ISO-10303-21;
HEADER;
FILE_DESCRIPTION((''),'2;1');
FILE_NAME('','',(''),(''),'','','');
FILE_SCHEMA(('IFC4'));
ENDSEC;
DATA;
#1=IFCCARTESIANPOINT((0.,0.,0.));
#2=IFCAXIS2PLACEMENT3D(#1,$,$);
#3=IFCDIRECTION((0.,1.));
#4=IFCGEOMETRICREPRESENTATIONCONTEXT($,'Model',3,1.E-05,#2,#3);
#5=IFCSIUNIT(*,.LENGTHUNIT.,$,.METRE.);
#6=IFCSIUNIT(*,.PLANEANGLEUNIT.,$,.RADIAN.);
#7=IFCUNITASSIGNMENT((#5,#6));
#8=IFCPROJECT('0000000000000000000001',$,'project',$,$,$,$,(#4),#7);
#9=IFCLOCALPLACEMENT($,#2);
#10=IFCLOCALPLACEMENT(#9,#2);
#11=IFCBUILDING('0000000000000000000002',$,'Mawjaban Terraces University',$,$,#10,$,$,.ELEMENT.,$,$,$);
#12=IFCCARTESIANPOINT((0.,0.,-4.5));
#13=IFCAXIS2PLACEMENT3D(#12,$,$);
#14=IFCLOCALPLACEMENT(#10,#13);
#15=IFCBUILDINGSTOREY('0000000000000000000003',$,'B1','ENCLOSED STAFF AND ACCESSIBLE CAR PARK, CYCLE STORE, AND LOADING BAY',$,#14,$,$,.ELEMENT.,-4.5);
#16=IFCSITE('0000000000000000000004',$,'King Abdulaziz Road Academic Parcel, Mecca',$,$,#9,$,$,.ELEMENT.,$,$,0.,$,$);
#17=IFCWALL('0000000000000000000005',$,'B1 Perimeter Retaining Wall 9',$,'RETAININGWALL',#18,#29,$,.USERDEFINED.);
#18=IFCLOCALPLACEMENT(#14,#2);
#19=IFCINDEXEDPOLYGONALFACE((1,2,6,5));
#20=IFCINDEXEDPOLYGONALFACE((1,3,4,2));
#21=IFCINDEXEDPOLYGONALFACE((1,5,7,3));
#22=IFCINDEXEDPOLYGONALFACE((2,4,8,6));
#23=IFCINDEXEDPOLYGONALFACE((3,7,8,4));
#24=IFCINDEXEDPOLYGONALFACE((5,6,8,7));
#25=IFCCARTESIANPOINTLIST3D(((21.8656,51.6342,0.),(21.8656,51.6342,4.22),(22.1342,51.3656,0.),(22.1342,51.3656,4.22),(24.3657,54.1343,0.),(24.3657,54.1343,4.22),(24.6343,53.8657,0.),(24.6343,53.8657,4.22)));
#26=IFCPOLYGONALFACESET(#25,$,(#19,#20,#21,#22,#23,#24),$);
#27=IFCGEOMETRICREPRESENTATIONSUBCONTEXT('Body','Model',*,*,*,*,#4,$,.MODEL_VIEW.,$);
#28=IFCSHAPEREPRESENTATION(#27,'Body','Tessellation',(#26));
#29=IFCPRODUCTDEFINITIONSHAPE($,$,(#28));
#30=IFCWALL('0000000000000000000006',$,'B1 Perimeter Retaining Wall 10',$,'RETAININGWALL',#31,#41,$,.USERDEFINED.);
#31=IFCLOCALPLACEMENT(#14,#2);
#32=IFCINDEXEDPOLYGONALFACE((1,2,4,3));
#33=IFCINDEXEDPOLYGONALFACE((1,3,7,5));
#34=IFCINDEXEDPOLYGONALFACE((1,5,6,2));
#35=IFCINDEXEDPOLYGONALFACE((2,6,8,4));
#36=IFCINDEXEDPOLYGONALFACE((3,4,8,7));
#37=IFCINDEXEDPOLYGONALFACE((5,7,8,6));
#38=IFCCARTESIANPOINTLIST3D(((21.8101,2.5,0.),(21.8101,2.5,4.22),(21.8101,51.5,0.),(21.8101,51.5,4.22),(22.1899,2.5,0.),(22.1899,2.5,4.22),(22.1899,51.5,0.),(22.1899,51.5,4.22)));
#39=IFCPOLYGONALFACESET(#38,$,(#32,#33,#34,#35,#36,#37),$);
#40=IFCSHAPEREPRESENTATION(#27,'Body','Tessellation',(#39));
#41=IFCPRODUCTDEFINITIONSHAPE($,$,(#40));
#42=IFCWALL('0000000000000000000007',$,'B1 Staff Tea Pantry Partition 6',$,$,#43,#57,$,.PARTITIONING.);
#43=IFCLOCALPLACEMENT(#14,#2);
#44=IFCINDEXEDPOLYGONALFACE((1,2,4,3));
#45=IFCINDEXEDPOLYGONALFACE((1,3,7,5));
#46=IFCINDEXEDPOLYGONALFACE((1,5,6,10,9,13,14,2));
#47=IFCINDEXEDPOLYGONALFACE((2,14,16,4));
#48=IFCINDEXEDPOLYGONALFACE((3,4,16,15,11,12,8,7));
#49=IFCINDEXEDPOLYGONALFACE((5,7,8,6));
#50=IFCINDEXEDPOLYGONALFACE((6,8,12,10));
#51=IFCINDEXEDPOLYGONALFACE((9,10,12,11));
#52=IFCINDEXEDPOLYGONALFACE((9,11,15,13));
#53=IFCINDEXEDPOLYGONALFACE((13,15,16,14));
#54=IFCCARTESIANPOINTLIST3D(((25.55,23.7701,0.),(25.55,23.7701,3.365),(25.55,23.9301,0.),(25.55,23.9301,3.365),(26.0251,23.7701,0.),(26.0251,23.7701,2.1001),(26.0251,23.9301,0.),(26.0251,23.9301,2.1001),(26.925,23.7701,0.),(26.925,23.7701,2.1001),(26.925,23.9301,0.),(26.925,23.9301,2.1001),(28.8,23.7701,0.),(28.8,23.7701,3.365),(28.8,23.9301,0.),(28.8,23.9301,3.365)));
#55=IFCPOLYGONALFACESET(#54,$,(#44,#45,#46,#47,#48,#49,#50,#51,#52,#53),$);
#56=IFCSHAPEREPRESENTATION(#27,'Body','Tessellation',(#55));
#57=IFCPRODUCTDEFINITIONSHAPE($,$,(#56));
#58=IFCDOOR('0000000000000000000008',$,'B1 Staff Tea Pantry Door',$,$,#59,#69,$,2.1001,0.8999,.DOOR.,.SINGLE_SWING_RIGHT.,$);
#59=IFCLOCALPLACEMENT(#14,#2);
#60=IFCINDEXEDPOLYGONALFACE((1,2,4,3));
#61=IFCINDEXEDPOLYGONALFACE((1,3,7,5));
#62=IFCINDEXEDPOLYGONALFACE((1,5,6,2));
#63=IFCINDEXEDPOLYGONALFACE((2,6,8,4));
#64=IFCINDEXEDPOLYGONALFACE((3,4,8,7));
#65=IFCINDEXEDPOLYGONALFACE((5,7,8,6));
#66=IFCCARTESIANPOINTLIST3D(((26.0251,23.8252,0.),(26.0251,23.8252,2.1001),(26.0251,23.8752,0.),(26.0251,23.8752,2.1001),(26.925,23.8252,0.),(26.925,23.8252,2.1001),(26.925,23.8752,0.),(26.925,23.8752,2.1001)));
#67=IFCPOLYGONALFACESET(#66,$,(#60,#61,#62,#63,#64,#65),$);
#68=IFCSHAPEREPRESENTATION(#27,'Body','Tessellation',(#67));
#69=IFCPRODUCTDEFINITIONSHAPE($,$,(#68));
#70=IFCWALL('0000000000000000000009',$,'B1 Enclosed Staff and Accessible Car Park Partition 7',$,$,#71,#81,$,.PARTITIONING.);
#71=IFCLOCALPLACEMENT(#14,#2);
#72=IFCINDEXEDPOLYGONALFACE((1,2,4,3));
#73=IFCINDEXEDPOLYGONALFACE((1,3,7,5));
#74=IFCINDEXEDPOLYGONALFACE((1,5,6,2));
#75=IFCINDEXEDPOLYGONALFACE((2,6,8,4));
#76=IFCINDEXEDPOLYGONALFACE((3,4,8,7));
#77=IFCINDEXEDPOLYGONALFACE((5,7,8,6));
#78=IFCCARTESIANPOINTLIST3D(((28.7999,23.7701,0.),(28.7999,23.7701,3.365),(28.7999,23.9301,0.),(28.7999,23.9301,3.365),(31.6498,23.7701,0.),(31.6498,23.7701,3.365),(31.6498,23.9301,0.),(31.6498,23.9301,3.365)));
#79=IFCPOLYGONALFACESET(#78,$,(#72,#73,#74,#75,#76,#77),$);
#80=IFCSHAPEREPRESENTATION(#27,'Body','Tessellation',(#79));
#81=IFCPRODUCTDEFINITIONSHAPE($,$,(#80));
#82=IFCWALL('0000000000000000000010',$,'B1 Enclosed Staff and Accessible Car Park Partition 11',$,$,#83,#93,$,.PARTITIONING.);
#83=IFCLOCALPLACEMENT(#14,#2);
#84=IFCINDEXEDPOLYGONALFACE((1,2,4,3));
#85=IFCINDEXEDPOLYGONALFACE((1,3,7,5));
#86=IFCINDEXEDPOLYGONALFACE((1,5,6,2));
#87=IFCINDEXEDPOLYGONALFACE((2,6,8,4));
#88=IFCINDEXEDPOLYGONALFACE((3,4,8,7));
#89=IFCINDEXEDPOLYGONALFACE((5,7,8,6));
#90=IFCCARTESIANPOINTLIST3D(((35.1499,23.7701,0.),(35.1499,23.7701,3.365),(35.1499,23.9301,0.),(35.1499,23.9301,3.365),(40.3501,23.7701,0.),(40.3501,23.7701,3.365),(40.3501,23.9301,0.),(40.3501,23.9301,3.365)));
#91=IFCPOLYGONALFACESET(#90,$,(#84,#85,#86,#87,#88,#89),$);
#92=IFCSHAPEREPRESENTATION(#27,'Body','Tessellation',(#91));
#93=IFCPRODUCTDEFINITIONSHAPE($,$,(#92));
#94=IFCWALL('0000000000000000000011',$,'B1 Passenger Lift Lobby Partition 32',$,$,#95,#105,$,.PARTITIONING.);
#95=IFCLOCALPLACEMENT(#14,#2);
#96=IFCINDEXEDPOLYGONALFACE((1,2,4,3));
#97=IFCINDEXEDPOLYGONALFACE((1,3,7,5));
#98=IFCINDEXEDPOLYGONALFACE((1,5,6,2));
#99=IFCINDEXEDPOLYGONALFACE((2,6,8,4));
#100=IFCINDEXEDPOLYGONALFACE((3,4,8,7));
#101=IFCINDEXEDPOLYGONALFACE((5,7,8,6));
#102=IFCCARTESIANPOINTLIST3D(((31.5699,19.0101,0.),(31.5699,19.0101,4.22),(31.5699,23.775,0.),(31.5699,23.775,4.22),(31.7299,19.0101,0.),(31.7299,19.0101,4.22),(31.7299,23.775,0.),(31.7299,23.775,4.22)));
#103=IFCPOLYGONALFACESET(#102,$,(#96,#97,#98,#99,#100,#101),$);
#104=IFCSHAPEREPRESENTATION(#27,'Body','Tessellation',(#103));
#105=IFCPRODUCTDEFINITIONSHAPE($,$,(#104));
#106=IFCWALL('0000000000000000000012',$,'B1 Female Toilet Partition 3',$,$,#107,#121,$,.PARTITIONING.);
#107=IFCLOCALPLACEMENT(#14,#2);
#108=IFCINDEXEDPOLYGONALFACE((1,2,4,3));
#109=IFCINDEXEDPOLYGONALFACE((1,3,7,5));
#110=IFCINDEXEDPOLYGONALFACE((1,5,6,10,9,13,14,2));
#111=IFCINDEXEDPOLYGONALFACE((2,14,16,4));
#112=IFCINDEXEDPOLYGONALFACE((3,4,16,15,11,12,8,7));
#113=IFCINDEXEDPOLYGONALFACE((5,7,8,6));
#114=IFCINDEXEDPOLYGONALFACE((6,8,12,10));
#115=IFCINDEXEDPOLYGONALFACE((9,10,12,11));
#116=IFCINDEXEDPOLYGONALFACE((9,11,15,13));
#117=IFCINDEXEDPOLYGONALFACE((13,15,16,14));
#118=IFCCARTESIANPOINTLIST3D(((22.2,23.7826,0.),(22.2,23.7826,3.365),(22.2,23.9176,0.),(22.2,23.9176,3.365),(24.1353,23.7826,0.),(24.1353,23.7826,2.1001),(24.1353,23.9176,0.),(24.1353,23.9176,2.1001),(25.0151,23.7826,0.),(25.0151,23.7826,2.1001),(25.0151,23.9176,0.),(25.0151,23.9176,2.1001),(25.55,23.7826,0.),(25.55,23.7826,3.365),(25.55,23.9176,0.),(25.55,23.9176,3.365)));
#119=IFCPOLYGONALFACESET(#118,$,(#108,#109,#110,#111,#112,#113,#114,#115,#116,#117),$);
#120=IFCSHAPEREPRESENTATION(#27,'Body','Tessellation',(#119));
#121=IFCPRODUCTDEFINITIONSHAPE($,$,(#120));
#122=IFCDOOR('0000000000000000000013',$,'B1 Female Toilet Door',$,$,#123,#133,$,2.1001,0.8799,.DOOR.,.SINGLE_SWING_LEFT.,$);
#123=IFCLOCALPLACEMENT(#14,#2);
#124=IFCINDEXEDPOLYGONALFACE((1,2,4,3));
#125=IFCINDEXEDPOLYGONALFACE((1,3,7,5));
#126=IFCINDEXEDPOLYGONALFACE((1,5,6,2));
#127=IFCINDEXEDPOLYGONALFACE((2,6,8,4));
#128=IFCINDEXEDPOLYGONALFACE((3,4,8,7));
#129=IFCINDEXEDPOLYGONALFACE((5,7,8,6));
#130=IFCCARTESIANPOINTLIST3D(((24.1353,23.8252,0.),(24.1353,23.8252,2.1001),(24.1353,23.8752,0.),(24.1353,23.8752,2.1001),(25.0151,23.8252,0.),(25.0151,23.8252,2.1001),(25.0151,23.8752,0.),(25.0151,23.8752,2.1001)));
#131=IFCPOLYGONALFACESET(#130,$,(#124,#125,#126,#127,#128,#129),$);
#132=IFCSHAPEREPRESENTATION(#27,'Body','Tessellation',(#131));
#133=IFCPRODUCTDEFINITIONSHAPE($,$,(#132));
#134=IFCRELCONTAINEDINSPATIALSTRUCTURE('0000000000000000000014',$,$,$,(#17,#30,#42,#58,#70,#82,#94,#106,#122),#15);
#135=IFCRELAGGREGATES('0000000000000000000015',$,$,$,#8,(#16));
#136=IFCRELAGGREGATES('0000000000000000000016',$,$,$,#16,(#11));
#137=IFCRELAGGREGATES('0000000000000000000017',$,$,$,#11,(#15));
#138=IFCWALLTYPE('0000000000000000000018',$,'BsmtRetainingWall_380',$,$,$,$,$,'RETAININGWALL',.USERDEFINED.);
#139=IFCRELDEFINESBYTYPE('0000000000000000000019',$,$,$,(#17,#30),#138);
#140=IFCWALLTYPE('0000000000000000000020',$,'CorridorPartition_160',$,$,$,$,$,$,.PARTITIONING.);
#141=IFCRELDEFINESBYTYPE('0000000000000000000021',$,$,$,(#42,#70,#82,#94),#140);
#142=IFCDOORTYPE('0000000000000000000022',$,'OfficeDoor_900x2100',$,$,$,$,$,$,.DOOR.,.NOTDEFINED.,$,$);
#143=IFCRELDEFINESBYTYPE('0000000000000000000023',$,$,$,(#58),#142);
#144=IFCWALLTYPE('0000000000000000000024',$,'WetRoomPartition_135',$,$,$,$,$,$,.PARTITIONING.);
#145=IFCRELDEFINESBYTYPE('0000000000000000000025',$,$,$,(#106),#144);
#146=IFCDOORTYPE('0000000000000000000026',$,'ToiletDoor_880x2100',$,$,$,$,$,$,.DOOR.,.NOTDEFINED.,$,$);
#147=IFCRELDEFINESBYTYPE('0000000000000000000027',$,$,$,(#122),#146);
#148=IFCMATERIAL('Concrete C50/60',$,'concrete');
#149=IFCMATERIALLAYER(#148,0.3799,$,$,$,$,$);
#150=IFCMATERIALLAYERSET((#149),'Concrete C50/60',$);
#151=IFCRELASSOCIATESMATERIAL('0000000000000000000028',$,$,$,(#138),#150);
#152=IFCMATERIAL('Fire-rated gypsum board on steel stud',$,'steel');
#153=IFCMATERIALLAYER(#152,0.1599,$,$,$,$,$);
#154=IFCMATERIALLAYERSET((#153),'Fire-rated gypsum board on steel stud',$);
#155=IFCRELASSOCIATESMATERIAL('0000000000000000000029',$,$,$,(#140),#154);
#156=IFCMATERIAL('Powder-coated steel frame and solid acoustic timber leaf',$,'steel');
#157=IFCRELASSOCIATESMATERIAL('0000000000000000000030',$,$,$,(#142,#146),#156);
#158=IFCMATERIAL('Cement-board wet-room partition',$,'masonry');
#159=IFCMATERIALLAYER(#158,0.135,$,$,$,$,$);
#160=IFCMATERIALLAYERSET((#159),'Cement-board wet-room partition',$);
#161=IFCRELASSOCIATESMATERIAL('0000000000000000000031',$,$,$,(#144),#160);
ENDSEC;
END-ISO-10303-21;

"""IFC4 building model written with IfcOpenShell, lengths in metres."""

from ifc_helpers import new_model, si_unit, direction, frame, frame_2d, origin, place, context, subcontext, project, spatial, rectangle, extrude, material, layer, layer_set, type_object, element, fill, save


model = new_model("IFC4")

# Units and contexts
model_context = context("Model", 3, precision=1e-05, world=origin(), true_north=direction((0.0, 1.0)))
body_context = subcontext(model_context, "Body", "Model", "MODEL_VIEW")
ifc_project = project(units=[si_unit("LENGTHUNIT", "METRE"), si_unit("PLANEANGLEUNIT", "RADIAN")], contexts=[model_context])

# Site, building, storey
site_placement = place(None, origin())
site = spatial("IfcSite", under=ifc_project, at=site_placement, Name="King Abdulaziz Road Academic Parcel, Mecca", CompositionType="ELEMENT", RefElevation=0.0)
building_placement = place(site_placement, origin())
building = spatial("IfcBuilding", under=site, at=building_placement, Name="Mawjaban Terraces University", CompositionType="ELEMENT")
storey_placement = place(building_placement, frame((0.0, 0.0, -4.5)))
storey = spatial("IfcBuildingStorey", under=building, at=storey_placement, Name="B1", Description="ENCLOSED STAFF AND ACCESSIBLE CAR PARK, CYCLE STORE, AND LOADING BAY", CompositionType="ELEMENT", Elevation=-4.5)

# Walls
ifc_material_1 = material(Name="Concrete C50/60", Category="concrete")
ifc_layer_1 = layer(ifc_material_1, 0.3799)
ifc_layer_set_1 = layer_set([ifc_layer_1], Name="Concrete C50/60")
wall_type_1 = type_object("IfcWallType", Name="BsmtRetainingWall_380", ElementType="RETAININGWALL", PredefinedType="USERDEFINED", material=ifc_layer_set_1)
wall_1_placement = place(storey_placement, frame((24.5, 54.0, 0.0), z_axis=(0.0, 0.0, 1.0), x_axis=(-0.707107, -0.707107, 0.0)))
element("IfcWall", 1, at=wall_1_placement, inside=storey, type_object=wall_type_1, Name="B1 Perimeter Retaining Wall 9", ObjectType="RETAININGWALL", PredefinedType="USERDEFINED", context=body_context, shape_type="SweptSolid", body=[
    extrude(rectangle(XDim=3.5356, YDim=0.3799, at=frame_2d((1.7678, 0.0))), origin(), (0.0, 0.0, 1.0), 4.22),
])
wall_2_placement = place(storey_placement, frame((22.0, 51.5, 0.0), z_axis=(0.0, 0.0, 1.0), x_axis=(0.0, -1.0, 0.0)))
element("IfcWall", 2, at=wall_2_placement, inside=storey, type_object=wall_type_1, Name="B1 Perimeter Retaining Wall 10", ObjectType="RETAININGWALL", PredefinedType="USERDEFINED", context=body_context, shape_type="SweptSolid", body=[
    extrude(rectangle(XDim=49.0, YDim=0.3799, at=frame_2d((24.5, 0.0))), origin(), (0.0, 0.0, 1.0), 4.22),
])

# Wall, opening, door
ifc_material_2 = material(Name="Fire-rated gypsum board on steel stud", Category="steel")
ifc_layer_2 = layer(ifc_material_2, 0.1599)
ifc_layer_set_2 = layer_set([ifc_layer_2], Name="Fire-rated gypsum board on steel stud")
wall_type_2 = type_object("IfcWallType", Name="CorridorPartition_160", PredefinedType="PARTITIONING", material=ifc_layer_set_2)
wall_3_placement = place(storey_placement, frame((28.8, 23.8501, 0.0), z_axis=(0.0, 0.0, 1.0), x_axis=(-1.0, 0.0, 0.0)))
wall_3 = element("IfcWall", 3, at=wall_3_placement, inside=storey, type_object=wall_type_2, Name="B1 Staff Tea Pantry Partition 6", PredefinedType="PARTITIONING", context=body_context, shape_type="SweptSolid", body=[
    extrude(rectangle(XDim=3.25, YDim=0.1599, at=frame_2d((1.625, 0.0))), origin(), (0.0, 0.0, 1.0), 3.365),
])
opening_1_placement = place(wall_3_placement, frame((1.875, 0.0, 0.0)))
opening_1 = element("IfcOpeningElement", 4, at=opening_1_placement, cuts=wall_3, PredefinedType="OPENING", context=body_context, shape_type="SweptSolid", body=[
    extrude(rectangle(XDim=0.8999, YDim=2.1001, at=frame_2d((0.45, 1.05))), frame((0.0, 0.0898, 0.0), z_axis=(0.0, -1.0, 0.0), x_axis=(1.0, 0.0, 0.0)), (0.0, 0.0, 1.0), 0.1799),
])
ifc_material_3 = material(Name="Powder-coated steel frame and solid acoustic timber leaf", Category="steel")
door_type_1 = type_object("IfcDoorType", Name="OfficeDoor_900x2100", OperationType="NOTDEFINED", PredefinedType="DOOR", material=ifc_material_3)
door_1_placement = place(opening_1_placement, origin())
door_1 = element("IfcDoor", 5, at=door_1_placement, inside=storey, type_object=door_type_1, Name="B1 Staff Tea Pantry Door", OperationType="SINGLE_SWING_RIGHT", OverallHeight=2.1001, OverallWidth=0.8999, PredefinedType="DOOR", context=body_context, shape_type="SweptSolid", body=[
    extrude(rectangle(XDim=0.8999, YDim=2.1001, at=frame_2d((0.45, 1.05))), frame((0.0, 0.0249, 0.0), z_axis=(0.0, -1.0, 0.0), x_axis=(1.0, 0.0, 0.0)), (0.0, 0.0, 1.0), 0.05),
])
fill(opening_1, door_1)

# Walls
wall_4_placement = place(storey_placement, frame((28.8, 23.8501, 0.0), z_axis=(0.0, 0.0, 1.0), x_axis=(1.0, 0.0, 0.0)))
element("IfcWall", 6, at=wall_4_placement, inside=storey, type_object=wall_type_2, Name="B1 Enclosed Staff and Accessible Car Park Partition 7", PredefinedType="PARTITIONING", context=body_context, shape_type="SweptSolid", body=[
    extrude(rectangle(XDim=2.8499, YDim=0.1599, at=frame_2d((1.4248, 0.0))), origin(), (0.0, 0.0, 1.0), 3.365),
])
wall_5_placement = place(storey_placement, frame((35.1499, 23.8501, 0.0), z_axis=(0.0, 0.0, 1.0), x_axis=(1.0, 0.0, 0.0)))
element("IfcWall", 7, at=wall_5_placement, inside=storey, type_object=wall_type_2, Name="B1 Enclosed Staff and Accessible Car Park Partition 11", PredefinedType="PARTITIONING", context=body_context, shape_type="SweptSolid", body=[
    extrude(rectangle(XDim=5.2002, YDim=0.1599, at=frame_2d((2.6001, 0.0))), origin(), (0.0, 0.0, 1.0), 3.365),
])
wall_6_placement = place(storey_placement, frame((31.6499, 23.7749, 0.0), z_axis=(0.0, 0.0, 1.0), x_axis=(0.0, -1.0, 0.0)))
element("IfcWall", 8, at=wall_6_placement, inside=storey, type_object=wall_type_2, Name="B1 Passenger Lift Lobby Partition 32", PredefinedType="PARTITIONING", context=body_context, shape_type="SweptSolid", body=[
    extrude(rectangle(XDim=4.7649, YDim=0.1599, at=frame_2d((2.3823, 0.0))), origin(), (0.0, 0.0, 1.0), 4.22),
])

# Wall, opening, door
ifc_material_4 = material(Name="Cement-board wet-room partition", Category="masonry")
ifc_layer_3 = layer(ifc_material_4, 0.135)
ifc_layer_set_3 = layer_set([ifc_layer_3], Name="Cement-board wet-room partition")
wall_type_3 = type_object("IfcWallType", Name="WetRoomPartition_135", PredefinedType="PARTITIONING", material=ifc_layer_set_3)
wall_7_placement = place(storey_placement, frame((25.55, 23.8501, 0.0), z_axis=(0.0, 0.0, 1.0), x_axis=(-1.0, 0.0, 0.0)))
wall_7 = element("IfcWall", 9, at=wall_7_placement, inside=storey, type_object=wall_type_3, Name="B1 Female Toilet Partition 3", PredefinedType="PARTITIONING", context=body_context, shape_type="SweptSolid", body=[
    extrude(rectangle(XDim=3.3501, YDim=0.135, at=frame_2d((1.675, 0.0))), origin(), (0.0, 0.0, 1.0), 3.365),
])
opening_2_placement = place(wall_7_placement, frame((0.5349, 0.0, 0.0)))
opening_2 = element("IfcOpeningElement", 10, at=opening_2_placement, cuts=wall_7, PredefinedType="OPENING", context=body_context, shape_type="SweptSolid", body=[
    extrude(rectangle(XDim=0.8799, YDim=2.1001, at=frame_2d((0.4399, 1.05))), frame((0.0, 0.0774, 0.0), z_axis=(0.0, -1.0, 0.0), x_axis=(1.0, 0.0, 0.0)), (0.0, 0.0, 1.0), 0.155),
])
door_type_2 = type_object("IfcDoorType", Name="ToiletDoor_880x2100", OperationType="NOTDEFINED", PredefinedType="DOOR", material=ifc_material_3)
door_2_placement = place(opening_2_placement, origin())
door_2 = element("IfcDoor", 11, at=door_2_placement, inside=storey, type_object=door_type_2, Name="B1 Female Toilet Door", OperationType="SINGLE_SWING_LEFT", OverallHeight=2.1001, OverallWidth=0.8799, PredefinedType="DOOR", context=body_context, shape_type="SweptSolid", body=[
    extrude(rectangle(XDim=0.8799, YDim=2.1001, at=frame_2d((0.4399, 1.05))), frame((0.0, 0.0249, 0.0), z_axis=(0.0, -1.0, 0.0), x_axis=(1.0, 0.0, 0.0)), (0.0, 0.0, 1.0), 0.05),
])
fill(opening_2, door_2)

save(model, "model.ifc")
